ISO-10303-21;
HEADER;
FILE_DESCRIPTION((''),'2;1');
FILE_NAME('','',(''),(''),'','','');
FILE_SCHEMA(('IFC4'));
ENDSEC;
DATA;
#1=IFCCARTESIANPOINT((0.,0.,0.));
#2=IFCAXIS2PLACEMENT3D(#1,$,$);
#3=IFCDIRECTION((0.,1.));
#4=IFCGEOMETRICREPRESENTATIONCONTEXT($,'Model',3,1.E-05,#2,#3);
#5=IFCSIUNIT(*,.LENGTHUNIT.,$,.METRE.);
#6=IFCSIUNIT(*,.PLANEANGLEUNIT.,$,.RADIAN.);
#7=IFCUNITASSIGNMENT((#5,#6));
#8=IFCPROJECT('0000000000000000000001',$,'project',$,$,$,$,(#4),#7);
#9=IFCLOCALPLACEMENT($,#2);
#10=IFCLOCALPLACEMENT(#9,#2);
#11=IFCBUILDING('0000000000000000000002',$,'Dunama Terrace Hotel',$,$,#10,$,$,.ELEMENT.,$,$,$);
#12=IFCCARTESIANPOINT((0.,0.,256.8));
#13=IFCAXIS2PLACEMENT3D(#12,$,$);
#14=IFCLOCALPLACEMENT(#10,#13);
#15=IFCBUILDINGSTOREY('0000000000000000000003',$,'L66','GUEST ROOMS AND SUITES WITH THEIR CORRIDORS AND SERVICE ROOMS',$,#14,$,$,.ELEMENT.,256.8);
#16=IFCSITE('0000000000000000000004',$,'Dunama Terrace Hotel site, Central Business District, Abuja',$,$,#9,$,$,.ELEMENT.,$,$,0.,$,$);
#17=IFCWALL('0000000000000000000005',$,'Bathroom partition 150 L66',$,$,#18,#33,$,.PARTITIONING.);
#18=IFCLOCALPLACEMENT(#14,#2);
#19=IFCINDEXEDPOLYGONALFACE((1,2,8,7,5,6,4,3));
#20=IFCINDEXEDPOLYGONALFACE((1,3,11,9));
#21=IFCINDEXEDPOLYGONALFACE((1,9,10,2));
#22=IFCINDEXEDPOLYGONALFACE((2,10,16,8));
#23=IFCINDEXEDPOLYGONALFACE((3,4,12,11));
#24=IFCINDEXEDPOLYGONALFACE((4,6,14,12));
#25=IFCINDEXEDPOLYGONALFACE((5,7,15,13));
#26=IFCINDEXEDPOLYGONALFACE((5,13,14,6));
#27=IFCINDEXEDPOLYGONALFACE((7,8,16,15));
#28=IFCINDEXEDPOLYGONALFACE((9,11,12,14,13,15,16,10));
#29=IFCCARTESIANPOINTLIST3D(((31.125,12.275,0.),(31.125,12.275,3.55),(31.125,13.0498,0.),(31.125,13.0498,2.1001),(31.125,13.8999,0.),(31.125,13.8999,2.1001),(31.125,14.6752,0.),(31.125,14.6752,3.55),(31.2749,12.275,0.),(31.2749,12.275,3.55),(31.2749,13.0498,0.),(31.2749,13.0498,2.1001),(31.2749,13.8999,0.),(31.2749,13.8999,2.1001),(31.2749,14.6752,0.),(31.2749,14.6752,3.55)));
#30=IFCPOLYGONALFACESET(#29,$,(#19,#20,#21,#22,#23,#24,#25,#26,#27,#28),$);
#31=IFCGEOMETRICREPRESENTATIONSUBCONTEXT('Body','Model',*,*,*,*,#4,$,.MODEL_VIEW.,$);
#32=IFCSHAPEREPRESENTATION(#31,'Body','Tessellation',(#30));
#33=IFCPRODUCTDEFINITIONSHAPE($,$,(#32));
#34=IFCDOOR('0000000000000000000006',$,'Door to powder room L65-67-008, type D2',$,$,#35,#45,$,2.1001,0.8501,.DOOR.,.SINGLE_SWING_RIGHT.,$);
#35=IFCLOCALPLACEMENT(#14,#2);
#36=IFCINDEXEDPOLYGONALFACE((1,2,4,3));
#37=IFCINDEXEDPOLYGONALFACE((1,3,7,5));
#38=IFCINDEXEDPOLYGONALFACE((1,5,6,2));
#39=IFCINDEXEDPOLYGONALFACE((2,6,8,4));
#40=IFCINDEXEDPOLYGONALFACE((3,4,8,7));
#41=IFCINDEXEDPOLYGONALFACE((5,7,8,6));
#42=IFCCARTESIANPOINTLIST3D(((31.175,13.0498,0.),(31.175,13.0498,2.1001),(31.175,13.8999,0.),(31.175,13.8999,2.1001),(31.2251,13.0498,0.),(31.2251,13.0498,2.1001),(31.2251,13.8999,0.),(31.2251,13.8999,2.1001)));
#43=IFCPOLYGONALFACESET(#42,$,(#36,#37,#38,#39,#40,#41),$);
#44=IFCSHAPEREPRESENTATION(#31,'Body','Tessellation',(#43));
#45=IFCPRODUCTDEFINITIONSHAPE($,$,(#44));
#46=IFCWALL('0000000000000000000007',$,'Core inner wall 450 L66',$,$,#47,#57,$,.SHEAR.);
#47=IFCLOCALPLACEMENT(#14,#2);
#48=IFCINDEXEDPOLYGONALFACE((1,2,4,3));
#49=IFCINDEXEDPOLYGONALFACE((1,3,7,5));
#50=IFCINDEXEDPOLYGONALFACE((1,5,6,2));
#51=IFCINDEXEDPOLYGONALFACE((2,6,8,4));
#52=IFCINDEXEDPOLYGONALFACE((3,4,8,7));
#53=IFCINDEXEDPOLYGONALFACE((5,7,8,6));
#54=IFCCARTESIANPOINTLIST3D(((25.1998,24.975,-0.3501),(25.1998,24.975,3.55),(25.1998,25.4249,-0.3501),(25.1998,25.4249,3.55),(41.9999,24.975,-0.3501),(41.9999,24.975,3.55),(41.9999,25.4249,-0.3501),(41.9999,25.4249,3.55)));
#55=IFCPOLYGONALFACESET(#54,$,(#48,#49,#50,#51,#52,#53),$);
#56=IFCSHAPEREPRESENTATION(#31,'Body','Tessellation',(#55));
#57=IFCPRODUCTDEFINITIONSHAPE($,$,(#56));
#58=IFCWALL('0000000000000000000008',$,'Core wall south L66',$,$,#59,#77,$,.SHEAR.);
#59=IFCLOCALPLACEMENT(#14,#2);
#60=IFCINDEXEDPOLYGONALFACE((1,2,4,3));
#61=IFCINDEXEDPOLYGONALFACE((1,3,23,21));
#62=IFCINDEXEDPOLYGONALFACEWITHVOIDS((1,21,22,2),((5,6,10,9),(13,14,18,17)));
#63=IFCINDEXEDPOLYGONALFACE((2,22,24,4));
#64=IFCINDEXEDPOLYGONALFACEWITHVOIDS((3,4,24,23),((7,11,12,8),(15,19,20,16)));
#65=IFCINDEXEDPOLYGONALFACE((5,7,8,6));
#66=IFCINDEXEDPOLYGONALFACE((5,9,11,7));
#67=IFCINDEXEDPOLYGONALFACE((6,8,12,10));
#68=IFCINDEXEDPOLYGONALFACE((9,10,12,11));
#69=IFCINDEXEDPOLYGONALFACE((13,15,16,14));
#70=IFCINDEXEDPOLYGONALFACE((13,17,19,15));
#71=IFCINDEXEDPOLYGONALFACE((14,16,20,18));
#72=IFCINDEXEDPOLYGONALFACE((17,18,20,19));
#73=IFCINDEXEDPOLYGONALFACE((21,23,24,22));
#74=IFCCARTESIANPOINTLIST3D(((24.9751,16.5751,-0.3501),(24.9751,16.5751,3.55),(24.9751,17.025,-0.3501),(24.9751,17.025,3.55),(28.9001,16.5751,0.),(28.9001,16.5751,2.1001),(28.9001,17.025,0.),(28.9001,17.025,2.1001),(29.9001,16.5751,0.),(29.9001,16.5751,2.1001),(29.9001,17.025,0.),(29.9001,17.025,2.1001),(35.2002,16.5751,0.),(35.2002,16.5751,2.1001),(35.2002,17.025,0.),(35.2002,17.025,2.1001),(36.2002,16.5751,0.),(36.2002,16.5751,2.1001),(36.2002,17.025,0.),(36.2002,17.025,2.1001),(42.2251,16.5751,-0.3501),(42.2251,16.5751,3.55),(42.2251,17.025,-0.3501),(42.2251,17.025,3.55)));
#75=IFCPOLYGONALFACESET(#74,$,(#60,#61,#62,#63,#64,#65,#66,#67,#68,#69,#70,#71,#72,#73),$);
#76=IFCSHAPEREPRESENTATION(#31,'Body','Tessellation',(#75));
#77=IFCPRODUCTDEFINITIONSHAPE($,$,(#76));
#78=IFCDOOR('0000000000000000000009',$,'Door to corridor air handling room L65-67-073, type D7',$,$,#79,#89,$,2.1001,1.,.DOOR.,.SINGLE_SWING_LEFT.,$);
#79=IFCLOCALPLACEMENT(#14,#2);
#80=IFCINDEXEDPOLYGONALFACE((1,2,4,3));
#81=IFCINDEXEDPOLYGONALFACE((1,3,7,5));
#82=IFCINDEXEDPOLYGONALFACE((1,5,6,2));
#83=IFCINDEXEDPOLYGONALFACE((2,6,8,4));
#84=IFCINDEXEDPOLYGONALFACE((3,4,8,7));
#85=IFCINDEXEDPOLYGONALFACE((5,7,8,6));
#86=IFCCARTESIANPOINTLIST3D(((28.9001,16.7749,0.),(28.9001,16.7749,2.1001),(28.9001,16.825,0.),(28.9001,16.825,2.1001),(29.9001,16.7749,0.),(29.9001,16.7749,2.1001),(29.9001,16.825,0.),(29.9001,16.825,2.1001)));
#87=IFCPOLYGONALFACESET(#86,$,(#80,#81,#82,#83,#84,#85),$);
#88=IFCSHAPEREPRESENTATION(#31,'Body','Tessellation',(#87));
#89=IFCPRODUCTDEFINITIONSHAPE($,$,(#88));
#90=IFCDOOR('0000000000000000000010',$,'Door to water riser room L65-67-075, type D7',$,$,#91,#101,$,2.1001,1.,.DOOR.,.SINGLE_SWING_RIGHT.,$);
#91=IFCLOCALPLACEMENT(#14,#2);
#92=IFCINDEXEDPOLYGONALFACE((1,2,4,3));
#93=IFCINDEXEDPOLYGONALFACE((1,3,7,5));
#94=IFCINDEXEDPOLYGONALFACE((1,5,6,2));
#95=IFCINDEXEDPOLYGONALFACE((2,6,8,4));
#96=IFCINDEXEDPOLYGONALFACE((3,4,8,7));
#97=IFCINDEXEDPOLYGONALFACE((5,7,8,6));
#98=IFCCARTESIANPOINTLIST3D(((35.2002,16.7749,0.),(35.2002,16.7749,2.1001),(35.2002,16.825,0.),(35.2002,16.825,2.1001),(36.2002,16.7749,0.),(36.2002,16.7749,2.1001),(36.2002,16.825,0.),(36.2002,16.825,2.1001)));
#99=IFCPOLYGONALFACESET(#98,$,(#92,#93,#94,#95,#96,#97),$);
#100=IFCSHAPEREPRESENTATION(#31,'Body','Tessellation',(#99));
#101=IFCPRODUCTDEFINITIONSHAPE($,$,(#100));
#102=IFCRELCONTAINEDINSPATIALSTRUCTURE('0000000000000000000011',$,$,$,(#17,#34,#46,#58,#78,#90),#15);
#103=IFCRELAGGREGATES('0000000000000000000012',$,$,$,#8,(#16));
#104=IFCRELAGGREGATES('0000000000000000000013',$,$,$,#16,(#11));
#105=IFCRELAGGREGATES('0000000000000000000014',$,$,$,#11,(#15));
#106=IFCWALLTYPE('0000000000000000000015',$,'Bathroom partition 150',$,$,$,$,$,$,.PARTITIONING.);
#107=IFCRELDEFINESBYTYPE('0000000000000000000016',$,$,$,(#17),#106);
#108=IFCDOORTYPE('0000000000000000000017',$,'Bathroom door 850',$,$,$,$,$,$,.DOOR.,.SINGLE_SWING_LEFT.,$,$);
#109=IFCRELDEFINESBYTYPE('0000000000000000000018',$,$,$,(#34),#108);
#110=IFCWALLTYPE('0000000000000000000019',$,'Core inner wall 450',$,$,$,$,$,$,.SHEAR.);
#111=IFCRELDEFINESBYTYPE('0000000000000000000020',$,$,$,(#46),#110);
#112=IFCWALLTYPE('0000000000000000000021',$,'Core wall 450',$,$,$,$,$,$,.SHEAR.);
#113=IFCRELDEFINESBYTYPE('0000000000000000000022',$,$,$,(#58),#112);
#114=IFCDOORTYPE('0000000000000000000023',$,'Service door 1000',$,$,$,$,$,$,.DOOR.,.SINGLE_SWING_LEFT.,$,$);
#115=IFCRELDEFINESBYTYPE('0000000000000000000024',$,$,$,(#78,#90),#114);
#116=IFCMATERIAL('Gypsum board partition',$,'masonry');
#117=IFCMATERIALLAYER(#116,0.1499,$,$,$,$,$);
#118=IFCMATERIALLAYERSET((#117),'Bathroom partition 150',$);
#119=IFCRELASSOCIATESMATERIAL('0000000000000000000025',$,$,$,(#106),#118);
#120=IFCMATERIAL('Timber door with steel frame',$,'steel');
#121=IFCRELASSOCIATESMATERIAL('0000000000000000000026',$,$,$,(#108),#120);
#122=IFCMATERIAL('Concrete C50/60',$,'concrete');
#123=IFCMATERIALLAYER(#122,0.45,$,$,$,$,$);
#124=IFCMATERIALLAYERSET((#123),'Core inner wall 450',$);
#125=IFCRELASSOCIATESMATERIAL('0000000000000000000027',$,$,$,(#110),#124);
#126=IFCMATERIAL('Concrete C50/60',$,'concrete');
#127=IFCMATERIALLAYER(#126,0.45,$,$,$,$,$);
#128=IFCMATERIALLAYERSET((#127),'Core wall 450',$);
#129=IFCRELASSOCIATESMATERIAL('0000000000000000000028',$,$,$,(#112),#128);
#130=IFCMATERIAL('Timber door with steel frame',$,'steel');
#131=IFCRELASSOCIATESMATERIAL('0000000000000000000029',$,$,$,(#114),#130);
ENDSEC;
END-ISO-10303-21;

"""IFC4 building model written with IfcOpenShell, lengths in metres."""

from ifc_helpers import new_model, si_unit, direction, frame, frame_2d, origin, place, context, subcontext, project, spatial, rectangle, extrude, material, layer, layer_set, type_object, element, fill, save


model = new_model("IFC4")

# Units and contexts
model_context = context("Model", 3, precision=1e-05, world=origin(), true_north=direction((0.0, 1.0)))
body_context = subcontext(model_context, "Body", "Model", "MODEL_VIEW")
ifc_project = project(units=[si_unit("LENGTHUNIT", "METRE"), si_unit("PLANEANGLEUNIT", "RADIAN")], contexts=[model_context])

# Site, building, storey
site_placement = place(None, origin())
site = spatial("IfcSite", under=ifc_project, at=site_placement, Name="Dunama Terrace Hotel site, Central Business District, Abuja", CompositionType="ELEMENT", RefElevation=0.0)
building_placement = place(site_placement, origin())
building = spatial("IfcBuilding", under=site, at=building_placement, Name="Dunama Terrace Hotel", CompositionType="ELEMENT")
storey_placement = place(building_placement, frame((0.0, 0.0, 256.8)))
storey = spatial("IfcBuildingStorey", under=building, at=storey_placement, Name="L66", Description="GUEST ROOMS AND SUITES WITH THEIR CORRIDORS AND SERVICE ROOMS", CompositionType="ELEMENT", Elevation=256.8)

# Wall, opening, door
ifc_material_1 = material(Name="Gypsum board partition", Category="masonry")
ifc_layer_1 = layer(ifc_material_1, 0.1499)
ifc_layer_set_1 = layer_set([ifc_layer_1], Name="Bathroom partition 150")
wall_type_1 = type_object("IfcWallType", Name="Bathroom partition 150", PredefinedType="PARTITIONING", material=ifc_layer_set_1)
wall_1_placement = place(storey_placement, frame((31.2, 12.2749, 0.0), z_axis=(0.0, 0.0, 1.0), x_axis=(0.0, 1.0, 0.0)))
wall_1 = element("IfcWall", 1, at=wall_1_placement, inside=storey, type_object=wall_type_1, Name="Bathroom partition 150 L66", PredefinedType="PARTITIONING", context=body_context, shape_type="SweptSolid", body=[
    extrude(rectangle(XDim=2.4001, YDim=0.1499, at=frame_2d((1.2002, 0.0))), origin(), (0.0, 0.0, 1.0), 3.55),
])
opening_1_placement = place(wall_1_placement, frame((0.7749, 0.0, 0.0)))
opening_1 = element("IfcOpeningElement", 2, at=opening_1_placement, cuts=wall_1, PredefinedType="OPENING", context=body_context, shape_type="SweptSolid", body=[
    extrude(rectangle(XDim=0.8501, YDim=2.1001, at=frame_2d((0.425, 1.05))), frame((0.0, 0.085, 0.0), z_axis=(0.0, -1.0, 0.0), x_axis=(1.0, 0.0, 0.0)), (0.0, 0.0, 1.0), 0.1699),
])
ifc_material_2 = material(Name="Timber door with steel frame", Category="steel")
door_type_1 = type_object("IfcDoorType", Name="Bathroom door 850", OperationType="SINGLE_SWING_LEFT", PredefinedType="DOOR", material=ifc_material_2)
door_1_placement = place(opening_1_placement, origin())
door_1 = element("IfcDoor", 3, at=door_1_placement, inside=storey, type_object=door_type_1, Name="Door to powder room L65-67-008, type D2", OperationType="SINGLE_SWING_RIGHT", OverallHeight=2.1001, OverallWidth=0.8501, PredefinedType="DOOR", context=body_context, shape_type="SweptSolid", body=[
    extrude(rectangle(XDim=0.8501, YDim=2.1001, at=frame_2d((0.425, 1.05))), frame((0.0, 0.0249, 0.0), z_axis=(0.0, -1.0, 0.0), x_axis=(1.0, 0.0, 0.0)), (0.0, 0.0, 1.0), 0.05),
])
fill(opening_1, door_1)

# Wall
ifc_material_3 = material(Name="Concrete C50/60", Category="concrete")
ifc_layer_2 = layer(ifc_material_3, 0.45)
ifc_layer_set_2 = layer_set([ifc_layer_2], Name="Core inner wall 450")
wall_type_2 = type_object("IfcWallType", Name="Core inner wall 450", PredefinedType="SHEAR", material=ifc_layer_set_2)
wall_2_placement = place(storey_placement, frame((25.2, 25.2, -0.3501), z_axis=(0.0, 0.0, 1.0), x_axis=(1.0, 0.0, 0.0)))
element("IfcWall", 4, at=wall_2_placement, inside=storey, type_object=wall_type_2, Name="Core inner wall 450 L66", PredefinedType="SHEAR", context=body_context, shape_type="SweptSolid", body=[
    extrude(rectangle(XDim=16.8, YDim=0.45, at=frame_2d((8.3999, 0.0))), origin(), (0.0, 0.0, 1.0), 3.9001),
])

# Wall, openings, doors
ifc_material_4 = material(Name="Concrete C50/60", Category="concrete")
ifc_layer_3 = layer(ifc_material_4, 0.45)
ifc_layer_set_3 = layer_set([ifc_layer_3], Name="Core wall 450")
wall_type_3 = type_object("IfcWallType", Name="Core wall 450", PredefinedType="SHEAR", material=ifc_layer_set_3)
wall_3_placement = place(storey_placement, frame((24.9751, 16.8, -0.3501), z_axis=(0.0, 0.0, 1.0), x_axis=(1.0, 0.0, 0.0)))
wall_3 = element("IfcWall", 5, at=wall_3_placement, inside=storey, type_object=wall_type_3, Name="Core wall south L66", PredefinedType="SHEAR", context=body_context, shape_type="SweptSolid", body=[
    extrude(rectangle(XDim=17.25, YDim=0.45, at=frame_2d((8.625, 0.0))), origin(), (0.0, 0.0, 1.0), 3.9001),
])
opening_2_placement = place(wall_3_placement, frame((3.925, 0.0, 0.3501)))
opening_2 = element("IfcOpeningElement", 6, at=opening_2_placement, cuts=wall_3, PredefinedType="OPENING", context=body_context, shape_type="SweptSolid", body=[
    extrude(rectangle(XDim=1.0, YDim=2.1001, at=frame_2d((0.5, 1.05))), frame((0.0, 0.2349, 0.0), z_axis=(0.0, -1.0, 0.0), x_axis=(1.0, 0.0, 0.0)), (0.0, 0.0, 1.0), 0.47),
])
opening_3_placement = place(wall_3_placement, frame((10.2251, 0.0, 0.3501)))
opening_3 = element("IfcOpeningElement", 7, at=opening_3_placement, cuts=wall_3, PredefinedType="OPENING", context=body_context, shape_type="SweptSolid", body=[
    extrude(rectangle(XDim=1.0, YDim=2.1001, at=frame_2d((0.5, 1.05))), frame((0.0, 0.2349, 0.0), z_axis=(0.0, -1.0, 0.0), x_axis=(1.0, 0.0, 0.0)), (0.0, 0.0, 1.0), 0.47),
])
ifc_material_5 = material(Name="Timber door with steel frame", Category="steel")
door_type_2 = type_object("IfcDoorType", Name="Service door 1000", OperationType="SINGLE_SWING_LEFT", PredefinedType="DOOR", material=ifc_material_5)
door_2_placement = place(opening_2_placement, origin())
door_2 = element("IfcDoor", 8, at=door_2_placement, inside=storey, type_object=door_type_2, Name="Door to corridor air handling room L65-67-073, type D7", OperationType="SINGLE_SWING_LEFT", OverallHeight=2.1001, OverallWidth=1.0, PredefinedType="DOOR", context=body_context, shape_type="SweptSolid", body=[
    extrude(rectangle(XDim=1.0, YDim=2.1001, at=frame_2d((0.5, 1.05))), frame((0.0, 0.0249, 0.0), z_axis=(0.0, -1.0, 0.0), x_axis=(1.0, 0.0, 0.0)), (0.0, 0.0, 1.0), 0.05),
])
fill(opening_2, door_2)
door_3_placement = place(opening_3_placement, origin())
door_3 = element("IfcDoor", 9, at=door_3_placement, inside=storey, type_object=door_type_2, Name="Door to water riser room L65-67-075, type D7", OperationType="SINGLE_SWING_RIGHT", OverallHeight=2.1001, OverallWidth=1.0, PredefinedType="DOOR", context=body_context, shape_type="SweptSolid", body=[
    extrude(rectangle(XDim=1.0, YDim=2.1001, at=frame_2d((0.5, 1.05))), frame((0.0, 0.0249, 0.0), z_axis=(0.0, -1.0, 0.0), x_axis=(1.0, 0.0, 0.0)), (0.0, 0.0, 1.0), 0.05),
])
fill(opening_3, door_3)

save(model, "model.ifc")
